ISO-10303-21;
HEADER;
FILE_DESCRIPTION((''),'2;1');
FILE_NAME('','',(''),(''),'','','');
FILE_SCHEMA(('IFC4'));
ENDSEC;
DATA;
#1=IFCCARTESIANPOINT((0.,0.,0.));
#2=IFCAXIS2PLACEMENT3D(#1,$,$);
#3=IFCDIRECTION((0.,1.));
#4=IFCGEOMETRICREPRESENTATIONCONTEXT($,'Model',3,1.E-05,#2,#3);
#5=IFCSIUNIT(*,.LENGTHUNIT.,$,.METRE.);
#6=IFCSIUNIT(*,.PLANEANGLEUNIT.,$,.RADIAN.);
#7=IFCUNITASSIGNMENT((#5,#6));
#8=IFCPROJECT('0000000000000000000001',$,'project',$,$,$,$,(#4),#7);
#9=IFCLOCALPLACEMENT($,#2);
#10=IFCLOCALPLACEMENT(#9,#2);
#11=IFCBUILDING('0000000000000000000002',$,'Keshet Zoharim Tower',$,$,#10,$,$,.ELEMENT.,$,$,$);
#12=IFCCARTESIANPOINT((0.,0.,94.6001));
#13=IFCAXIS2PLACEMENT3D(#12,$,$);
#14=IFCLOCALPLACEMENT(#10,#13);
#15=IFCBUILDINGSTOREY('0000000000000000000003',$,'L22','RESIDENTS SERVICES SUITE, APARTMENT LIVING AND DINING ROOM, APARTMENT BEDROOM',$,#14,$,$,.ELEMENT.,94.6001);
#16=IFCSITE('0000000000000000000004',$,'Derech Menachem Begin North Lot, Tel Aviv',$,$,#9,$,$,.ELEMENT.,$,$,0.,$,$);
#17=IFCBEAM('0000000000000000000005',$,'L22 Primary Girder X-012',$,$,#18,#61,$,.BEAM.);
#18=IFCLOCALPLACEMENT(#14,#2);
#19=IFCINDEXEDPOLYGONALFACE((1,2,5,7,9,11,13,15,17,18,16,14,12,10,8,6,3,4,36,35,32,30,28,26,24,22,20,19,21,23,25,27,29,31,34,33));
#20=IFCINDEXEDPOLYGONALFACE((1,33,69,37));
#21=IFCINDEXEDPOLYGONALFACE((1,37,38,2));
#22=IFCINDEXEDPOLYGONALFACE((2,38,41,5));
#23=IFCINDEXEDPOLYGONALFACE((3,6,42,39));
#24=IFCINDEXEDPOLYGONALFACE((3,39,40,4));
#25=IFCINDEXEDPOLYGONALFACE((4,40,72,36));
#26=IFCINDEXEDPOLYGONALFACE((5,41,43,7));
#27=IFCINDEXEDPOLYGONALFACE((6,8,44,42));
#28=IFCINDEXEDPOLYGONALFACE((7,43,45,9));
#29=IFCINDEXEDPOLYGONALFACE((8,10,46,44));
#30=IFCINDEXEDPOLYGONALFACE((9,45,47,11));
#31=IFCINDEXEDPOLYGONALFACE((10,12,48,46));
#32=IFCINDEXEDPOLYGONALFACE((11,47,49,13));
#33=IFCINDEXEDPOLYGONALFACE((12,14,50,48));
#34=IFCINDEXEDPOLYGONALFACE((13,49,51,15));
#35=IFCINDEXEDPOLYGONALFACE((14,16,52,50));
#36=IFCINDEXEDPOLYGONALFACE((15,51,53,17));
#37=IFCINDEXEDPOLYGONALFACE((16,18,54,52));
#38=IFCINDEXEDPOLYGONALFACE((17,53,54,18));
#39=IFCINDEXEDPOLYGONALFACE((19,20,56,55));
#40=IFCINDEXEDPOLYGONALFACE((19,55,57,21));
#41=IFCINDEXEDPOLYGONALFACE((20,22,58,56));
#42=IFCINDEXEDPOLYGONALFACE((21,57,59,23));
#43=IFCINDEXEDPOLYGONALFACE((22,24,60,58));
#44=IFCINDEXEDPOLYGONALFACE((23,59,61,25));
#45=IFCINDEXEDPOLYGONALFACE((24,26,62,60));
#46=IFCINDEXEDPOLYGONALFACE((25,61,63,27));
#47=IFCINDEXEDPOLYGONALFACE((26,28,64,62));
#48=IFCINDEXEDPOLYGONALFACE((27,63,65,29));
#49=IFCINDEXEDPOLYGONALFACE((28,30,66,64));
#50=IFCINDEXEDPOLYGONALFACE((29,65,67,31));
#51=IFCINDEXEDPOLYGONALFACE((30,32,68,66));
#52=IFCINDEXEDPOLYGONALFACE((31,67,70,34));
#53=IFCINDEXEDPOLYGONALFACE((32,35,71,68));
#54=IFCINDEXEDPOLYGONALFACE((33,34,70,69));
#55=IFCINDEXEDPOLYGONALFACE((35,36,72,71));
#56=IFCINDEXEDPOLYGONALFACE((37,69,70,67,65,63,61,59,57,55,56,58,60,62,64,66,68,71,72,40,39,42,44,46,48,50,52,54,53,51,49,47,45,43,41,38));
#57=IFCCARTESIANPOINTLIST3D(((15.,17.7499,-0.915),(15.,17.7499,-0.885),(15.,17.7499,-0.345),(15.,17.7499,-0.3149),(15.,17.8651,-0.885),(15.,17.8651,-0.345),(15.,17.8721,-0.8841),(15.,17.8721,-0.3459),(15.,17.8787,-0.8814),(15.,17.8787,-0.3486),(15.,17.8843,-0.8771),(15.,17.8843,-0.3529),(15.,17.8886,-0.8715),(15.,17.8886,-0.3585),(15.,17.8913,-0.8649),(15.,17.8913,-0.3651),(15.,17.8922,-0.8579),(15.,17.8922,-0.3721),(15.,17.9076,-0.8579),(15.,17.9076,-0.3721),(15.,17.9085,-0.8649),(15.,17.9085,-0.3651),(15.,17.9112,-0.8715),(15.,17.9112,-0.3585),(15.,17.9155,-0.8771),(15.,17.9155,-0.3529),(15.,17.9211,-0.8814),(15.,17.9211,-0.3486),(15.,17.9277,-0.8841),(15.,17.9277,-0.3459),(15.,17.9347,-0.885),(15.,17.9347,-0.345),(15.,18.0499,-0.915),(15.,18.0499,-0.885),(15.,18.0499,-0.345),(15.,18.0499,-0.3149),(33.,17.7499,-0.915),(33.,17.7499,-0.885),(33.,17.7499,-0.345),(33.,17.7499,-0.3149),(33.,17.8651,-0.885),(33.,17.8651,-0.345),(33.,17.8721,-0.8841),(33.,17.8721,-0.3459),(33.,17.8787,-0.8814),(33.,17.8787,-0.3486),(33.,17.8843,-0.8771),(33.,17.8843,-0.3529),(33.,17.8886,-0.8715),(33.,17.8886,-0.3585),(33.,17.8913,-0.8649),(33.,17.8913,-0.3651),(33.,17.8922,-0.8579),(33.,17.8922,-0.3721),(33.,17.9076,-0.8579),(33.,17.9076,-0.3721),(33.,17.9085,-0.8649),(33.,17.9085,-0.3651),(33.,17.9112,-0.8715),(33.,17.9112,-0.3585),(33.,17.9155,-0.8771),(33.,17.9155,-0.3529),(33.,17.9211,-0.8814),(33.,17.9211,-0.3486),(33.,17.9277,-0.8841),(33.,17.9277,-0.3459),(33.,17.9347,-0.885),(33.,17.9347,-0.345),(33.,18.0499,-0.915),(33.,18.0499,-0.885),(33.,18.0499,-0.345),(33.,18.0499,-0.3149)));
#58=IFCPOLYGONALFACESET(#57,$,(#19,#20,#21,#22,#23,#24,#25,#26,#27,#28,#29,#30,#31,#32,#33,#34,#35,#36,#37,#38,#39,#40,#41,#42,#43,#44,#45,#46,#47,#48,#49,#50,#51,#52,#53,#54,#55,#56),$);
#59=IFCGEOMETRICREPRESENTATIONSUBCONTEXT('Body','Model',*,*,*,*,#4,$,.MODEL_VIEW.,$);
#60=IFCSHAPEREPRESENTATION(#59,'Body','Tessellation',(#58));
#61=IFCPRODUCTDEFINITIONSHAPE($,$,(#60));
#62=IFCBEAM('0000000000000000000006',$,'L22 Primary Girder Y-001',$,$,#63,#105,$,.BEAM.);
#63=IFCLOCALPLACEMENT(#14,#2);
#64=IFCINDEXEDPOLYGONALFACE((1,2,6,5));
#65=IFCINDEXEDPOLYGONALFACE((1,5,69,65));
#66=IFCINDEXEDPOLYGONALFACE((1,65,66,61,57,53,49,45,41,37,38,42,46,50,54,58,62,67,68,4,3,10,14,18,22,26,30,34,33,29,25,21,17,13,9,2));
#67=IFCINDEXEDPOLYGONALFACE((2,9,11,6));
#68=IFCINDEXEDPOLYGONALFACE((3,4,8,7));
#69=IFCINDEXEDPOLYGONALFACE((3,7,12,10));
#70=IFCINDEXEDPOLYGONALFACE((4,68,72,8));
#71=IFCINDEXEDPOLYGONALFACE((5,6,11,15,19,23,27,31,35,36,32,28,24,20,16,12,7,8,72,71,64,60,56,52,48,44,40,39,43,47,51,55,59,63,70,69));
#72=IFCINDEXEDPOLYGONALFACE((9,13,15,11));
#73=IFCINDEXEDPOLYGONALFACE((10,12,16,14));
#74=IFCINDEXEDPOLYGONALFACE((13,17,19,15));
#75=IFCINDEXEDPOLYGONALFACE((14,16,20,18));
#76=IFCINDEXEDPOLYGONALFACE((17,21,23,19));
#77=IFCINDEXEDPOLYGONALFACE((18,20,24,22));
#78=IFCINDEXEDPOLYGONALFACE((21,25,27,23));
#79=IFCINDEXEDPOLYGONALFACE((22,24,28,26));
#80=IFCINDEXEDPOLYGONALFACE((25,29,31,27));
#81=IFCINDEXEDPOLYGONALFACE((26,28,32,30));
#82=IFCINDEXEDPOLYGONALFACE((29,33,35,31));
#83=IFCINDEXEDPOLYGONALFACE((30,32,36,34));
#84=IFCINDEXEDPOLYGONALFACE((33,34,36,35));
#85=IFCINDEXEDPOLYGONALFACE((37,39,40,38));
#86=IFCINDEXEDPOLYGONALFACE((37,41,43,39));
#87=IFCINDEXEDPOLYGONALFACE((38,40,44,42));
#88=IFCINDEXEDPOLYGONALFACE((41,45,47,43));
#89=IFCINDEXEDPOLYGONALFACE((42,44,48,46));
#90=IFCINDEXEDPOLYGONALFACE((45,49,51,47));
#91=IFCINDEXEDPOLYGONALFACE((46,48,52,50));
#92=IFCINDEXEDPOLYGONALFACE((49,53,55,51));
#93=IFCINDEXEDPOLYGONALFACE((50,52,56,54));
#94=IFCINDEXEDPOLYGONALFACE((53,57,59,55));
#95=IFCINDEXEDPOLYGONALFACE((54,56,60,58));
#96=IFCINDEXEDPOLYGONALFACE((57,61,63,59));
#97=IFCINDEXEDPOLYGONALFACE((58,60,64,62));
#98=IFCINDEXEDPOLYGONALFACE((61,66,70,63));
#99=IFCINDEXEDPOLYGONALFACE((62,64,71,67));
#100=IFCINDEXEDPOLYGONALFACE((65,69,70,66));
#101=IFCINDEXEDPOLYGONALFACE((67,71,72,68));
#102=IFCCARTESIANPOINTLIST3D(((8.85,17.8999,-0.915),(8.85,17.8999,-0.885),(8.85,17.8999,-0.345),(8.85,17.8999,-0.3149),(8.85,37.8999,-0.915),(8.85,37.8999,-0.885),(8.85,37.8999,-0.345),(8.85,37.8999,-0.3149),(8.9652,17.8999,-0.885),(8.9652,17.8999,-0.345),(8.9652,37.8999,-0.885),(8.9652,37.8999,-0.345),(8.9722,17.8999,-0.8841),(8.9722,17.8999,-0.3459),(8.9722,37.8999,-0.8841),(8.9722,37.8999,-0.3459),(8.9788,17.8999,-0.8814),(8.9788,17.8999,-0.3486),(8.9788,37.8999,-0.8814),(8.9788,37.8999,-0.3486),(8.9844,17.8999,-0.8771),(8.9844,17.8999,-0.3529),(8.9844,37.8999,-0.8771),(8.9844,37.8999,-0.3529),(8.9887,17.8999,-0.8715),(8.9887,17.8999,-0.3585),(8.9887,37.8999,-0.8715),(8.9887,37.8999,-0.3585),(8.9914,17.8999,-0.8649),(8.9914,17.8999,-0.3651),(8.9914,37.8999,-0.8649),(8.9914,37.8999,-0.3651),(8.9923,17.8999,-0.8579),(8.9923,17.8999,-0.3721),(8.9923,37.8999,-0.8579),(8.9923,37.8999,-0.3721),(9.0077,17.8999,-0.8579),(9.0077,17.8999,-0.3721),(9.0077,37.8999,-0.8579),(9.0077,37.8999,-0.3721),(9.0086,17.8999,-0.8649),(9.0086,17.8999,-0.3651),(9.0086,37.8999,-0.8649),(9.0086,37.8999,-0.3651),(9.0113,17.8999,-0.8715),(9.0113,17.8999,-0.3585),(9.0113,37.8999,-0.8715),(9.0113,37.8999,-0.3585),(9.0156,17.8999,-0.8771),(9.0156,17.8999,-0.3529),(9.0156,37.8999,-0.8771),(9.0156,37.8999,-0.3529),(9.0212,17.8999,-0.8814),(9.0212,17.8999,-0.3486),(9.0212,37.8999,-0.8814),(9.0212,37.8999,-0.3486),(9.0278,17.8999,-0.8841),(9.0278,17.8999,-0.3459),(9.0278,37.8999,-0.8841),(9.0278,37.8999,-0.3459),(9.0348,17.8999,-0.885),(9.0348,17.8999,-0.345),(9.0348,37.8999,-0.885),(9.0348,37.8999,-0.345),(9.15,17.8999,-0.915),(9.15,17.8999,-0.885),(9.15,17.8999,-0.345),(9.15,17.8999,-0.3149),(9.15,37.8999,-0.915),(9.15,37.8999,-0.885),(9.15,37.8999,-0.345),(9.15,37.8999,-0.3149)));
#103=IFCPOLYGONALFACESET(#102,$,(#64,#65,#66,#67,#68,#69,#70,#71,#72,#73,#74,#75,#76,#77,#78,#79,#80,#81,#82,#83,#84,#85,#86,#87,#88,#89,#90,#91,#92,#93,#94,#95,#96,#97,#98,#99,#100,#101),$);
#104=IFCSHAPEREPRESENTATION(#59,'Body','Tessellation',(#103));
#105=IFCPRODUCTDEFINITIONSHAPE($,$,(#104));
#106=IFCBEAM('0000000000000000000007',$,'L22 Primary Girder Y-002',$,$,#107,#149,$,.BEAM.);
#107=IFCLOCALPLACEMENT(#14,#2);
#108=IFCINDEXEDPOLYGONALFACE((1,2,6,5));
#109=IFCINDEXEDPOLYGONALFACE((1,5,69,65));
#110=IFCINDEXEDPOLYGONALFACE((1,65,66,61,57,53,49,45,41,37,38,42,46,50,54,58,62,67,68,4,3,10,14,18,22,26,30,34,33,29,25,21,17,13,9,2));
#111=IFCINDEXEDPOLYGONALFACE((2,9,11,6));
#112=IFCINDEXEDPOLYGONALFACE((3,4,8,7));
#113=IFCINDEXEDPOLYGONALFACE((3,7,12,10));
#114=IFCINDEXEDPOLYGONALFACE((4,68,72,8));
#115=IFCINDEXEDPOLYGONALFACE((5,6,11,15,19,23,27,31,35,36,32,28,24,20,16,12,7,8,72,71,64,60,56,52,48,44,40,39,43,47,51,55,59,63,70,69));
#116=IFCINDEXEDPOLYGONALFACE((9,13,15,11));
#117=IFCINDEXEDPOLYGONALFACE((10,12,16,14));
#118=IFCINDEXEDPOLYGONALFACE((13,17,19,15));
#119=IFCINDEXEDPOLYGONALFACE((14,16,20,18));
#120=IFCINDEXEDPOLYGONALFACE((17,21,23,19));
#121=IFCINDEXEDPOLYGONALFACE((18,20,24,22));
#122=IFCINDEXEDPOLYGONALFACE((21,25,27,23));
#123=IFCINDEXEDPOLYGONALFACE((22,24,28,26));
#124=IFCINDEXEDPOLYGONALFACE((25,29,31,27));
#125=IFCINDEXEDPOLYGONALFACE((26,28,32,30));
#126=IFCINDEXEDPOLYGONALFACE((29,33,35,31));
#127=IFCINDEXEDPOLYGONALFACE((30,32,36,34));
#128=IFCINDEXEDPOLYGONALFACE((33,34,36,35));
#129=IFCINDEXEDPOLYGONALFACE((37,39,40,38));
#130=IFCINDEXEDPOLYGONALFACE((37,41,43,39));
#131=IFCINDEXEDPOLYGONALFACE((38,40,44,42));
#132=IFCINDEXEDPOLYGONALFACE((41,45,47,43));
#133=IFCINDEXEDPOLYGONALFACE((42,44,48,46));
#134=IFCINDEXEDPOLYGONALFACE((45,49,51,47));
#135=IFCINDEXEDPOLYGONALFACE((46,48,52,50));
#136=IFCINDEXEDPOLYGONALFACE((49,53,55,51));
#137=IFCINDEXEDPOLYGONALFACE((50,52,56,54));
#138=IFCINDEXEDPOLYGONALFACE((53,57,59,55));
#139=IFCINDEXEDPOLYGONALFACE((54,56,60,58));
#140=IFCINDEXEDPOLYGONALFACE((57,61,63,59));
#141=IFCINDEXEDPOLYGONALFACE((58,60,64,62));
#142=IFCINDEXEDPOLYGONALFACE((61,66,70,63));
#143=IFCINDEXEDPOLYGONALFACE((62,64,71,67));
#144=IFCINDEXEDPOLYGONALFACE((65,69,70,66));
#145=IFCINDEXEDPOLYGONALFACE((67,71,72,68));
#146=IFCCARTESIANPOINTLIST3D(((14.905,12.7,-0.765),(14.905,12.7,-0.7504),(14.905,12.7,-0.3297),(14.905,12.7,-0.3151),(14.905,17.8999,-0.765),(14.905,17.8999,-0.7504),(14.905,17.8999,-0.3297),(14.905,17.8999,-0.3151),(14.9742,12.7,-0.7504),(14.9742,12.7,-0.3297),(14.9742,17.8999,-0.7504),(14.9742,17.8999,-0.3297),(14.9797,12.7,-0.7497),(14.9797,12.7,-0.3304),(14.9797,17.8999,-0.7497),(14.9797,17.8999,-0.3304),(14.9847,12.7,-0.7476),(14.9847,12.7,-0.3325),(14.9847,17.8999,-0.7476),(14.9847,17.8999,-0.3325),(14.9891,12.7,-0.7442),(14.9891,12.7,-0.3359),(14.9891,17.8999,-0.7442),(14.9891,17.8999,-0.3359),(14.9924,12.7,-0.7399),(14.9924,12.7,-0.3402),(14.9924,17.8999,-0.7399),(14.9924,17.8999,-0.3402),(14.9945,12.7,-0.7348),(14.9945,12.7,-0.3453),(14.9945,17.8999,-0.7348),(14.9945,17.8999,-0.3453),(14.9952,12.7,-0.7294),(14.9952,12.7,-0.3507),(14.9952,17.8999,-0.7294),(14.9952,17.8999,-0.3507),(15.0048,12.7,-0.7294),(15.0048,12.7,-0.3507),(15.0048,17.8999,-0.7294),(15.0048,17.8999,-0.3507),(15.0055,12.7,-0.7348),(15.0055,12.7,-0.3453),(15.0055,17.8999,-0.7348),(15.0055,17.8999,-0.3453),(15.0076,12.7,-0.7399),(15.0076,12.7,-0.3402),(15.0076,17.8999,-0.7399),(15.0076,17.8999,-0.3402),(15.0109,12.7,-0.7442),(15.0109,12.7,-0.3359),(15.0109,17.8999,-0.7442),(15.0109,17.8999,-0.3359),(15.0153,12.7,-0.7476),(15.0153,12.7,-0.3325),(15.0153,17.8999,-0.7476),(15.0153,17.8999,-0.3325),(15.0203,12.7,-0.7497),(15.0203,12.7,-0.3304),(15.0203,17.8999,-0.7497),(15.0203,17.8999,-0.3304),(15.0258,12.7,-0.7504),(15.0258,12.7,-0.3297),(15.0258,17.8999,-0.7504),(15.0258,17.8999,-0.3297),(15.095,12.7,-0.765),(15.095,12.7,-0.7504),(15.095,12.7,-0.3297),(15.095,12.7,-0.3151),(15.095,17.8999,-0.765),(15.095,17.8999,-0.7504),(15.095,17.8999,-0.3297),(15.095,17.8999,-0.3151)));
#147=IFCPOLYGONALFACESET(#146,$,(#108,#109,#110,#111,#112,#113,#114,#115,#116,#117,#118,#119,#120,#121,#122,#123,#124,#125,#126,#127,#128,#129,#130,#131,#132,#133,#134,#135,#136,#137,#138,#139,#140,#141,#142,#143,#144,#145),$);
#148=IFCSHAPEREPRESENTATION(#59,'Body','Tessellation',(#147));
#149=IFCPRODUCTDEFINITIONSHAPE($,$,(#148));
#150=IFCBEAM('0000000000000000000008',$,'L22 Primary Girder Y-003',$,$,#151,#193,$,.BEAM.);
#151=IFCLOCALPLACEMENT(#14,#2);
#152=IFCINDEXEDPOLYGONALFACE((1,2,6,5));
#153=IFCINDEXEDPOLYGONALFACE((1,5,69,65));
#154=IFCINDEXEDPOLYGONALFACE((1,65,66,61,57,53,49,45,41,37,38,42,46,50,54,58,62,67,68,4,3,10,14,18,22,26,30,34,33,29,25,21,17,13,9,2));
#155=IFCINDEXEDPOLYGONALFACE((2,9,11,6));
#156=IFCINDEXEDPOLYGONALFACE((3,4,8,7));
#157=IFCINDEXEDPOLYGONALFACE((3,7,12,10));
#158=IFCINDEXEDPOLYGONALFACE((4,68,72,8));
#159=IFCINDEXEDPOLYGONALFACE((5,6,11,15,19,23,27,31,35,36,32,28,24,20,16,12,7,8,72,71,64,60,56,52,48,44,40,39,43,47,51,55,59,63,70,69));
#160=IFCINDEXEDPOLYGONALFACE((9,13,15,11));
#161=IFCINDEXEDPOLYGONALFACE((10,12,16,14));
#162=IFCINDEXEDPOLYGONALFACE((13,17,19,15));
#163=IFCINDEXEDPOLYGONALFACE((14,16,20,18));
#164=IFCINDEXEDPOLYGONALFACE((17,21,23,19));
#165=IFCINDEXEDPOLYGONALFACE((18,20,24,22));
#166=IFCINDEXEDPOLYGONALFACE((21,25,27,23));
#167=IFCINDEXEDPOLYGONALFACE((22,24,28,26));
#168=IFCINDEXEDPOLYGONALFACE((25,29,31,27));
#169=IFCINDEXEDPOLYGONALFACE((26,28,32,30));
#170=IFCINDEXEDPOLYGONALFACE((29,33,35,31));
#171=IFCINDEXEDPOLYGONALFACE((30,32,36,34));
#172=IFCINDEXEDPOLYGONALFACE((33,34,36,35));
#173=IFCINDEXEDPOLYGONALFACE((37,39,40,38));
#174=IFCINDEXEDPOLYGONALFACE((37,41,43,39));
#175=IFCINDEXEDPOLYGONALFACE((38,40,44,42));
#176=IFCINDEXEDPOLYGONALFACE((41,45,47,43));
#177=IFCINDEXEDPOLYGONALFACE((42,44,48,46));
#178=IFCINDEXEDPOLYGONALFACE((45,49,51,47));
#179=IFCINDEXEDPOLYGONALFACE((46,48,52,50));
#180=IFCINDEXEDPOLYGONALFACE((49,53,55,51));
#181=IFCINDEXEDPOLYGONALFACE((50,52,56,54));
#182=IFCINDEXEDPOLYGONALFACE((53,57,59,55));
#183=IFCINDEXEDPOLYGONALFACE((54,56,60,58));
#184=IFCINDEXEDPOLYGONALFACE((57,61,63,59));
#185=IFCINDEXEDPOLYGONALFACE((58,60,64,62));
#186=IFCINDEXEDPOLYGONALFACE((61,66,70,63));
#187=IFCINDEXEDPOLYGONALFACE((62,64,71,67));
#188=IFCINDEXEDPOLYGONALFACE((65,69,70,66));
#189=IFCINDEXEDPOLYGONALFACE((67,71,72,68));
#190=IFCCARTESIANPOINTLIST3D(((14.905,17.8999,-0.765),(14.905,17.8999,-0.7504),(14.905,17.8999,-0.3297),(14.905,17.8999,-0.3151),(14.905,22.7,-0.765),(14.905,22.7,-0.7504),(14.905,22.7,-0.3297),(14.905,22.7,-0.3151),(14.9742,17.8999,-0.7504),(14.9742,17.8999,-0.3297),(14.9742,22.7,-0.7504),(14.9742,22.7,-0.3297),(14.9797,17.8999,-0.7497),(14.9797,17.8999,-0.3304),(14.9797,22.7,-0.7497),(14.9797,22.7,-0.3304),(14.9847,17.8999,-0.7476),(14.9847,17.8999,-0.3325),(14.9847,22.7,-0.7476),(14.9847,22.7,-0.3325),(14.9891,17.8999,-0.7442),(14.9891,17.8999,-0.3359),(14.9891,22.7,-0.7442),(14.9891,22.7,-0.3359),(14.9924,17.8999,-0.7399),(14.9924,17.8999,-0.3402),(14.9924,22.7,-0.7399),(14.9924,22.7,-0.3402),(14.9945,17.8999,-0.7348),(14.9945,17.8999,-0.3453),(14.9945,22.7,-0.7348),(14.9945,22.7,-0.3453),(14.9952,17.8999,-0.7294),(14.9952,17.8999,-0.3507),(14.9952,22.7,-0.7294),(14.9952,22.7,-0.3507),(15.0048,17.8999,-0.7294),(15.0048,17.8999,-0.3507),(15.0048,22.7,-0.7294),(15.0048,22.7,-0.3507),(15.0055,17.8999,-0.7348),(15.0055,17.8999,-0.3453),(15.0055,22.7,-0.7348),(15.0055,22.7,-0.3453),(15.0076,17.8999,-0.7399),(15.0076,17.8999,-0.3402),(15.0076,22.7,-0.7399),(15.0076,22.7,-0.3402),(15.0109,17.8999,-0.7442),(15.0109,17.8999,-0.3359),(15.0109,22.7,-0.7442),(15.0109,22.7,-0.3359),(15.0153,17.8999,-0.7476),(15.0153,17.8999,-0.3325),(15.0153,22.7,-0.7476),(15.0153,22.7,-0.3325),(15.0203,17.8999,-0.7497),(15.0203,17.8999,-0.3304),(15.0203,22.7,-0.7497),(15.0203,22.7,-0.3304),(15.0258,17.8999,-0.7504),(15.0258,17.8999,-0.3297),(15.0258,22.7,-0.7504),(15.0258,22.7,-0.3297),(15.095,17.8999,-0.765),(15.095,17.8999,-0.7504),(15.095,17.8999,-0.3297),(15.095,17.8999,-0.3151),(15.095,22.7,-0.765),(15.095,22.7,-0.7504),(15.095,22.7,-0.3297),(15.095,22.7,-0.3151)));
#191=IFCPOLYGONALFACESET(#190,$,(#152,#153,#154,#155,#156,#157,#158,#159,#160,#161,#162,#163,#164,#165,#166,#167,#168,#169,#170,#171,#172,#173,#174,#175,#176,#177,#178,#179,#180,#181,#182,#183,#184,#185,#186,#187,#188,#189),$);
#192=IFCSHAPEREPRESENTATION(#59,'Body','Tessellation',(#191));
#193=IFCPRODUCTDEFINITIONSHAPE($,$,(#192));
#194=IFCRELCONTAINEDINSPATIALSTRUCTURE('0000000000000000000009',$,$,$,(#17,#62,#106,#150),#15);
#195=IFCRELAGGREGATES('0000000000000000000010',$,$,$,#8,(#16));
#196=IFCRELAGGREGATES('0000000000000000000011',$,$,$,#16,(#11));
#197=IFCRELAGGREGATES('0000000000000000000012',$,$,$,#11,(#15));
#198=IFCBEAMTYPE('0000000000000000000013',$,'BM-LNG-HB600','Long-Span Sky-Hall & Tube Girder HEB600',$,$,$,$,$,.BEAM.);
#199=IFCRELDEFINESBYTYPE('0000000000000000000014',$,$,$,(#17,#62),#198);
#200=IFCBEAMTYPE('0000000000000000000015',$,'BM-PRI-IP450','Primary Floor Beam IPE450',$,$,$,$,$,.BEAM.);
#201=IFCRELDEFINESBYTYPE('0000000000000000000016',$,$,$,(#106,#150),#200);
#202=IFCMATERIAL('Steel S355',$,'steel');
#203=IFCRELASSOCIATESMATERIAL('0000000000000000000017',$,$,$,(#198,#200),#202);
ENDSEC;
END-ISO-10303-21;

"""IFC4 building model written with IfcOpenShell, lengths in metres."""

from ifc_helpers import new_model, si_unit, direction, frame, origin, origin_2d, place, context, subcontext, project, spatial, i_section, extrude, material, material_profile, profile_set, type_object, element, save


model = new_model("IFC4")

# Units and contexts
model_context = context("Model", 3, precision=1e-05, world=origin(), true_north=direction((0.0, 1.0)))
body_context = subcontext(model_context, "Body", "Model", "MODEL_VIEW")
ifc_project = project(units=[si_unit("LENGTHUNIT", "METRE"), si_unit("PLANEANGLEUNIT", "RADIAN")], contexts=[model_context])

# Site, building, storey
site_placement = place(None, origin())
site = spatial("IfcSite", under=ifc_project, at=site_placement, Name="Derech Menachem Begin North Lot, Tel Aviv", CompositionType="ELEMENT", RefElevation=0.0)
building_placement = place(site_placement, origin())
building = spatial("IfcBuilding", under=site, at=building_placement, Name="Keshet Zoharim Tower", CompositionType="ELEMENT")
storey_placement = place(building_placement, frame((0.0, 0.0, 94.6001)))
storey = spatial("IfcBuildingStorey", under=building, at=storey_placement, Name="L22", Description="RESIDENTS SERVICES SUITE, APARTMENT LIVING AND DINING ROOM, APARTMENT BEDROOM", CompositionType="ELEMENT", Elevation=94.6001)

# Shared definitions
ifc_material_1 = material(Name="Steel S355", Category="steel")

# Beams
ifc_material_profile_1 = material_profile(ifc_material_1, i_section(OverallWidth=0.3, OverallDepth=0.6001, WebThickness=0.0154, FlangeThickness=0.03, FilletRadius=0.0271, at=origin_2d()), Name="HEB600")
ifc_profile_set_1 = profile_set([ifc_material_profile_1], Name="Steel S355")
beam_type_1 = type_object("IfcBeamType", Name="BM-LNG-HB600", Description="Long-Span Sky-Hall & Tube Girder HEB600", PredefinedType="BEAM", material=ifc_profile_set_1)
for number, where, z_axis, x_axis, name in (
    (1, (15.0, 17.8999, -0.615), (1.0, 0.0, 0.0), (0.0, 1.0, 0.0), "L22 Primary Girder X-012"),
):
    element("IfcBeam", number, at=place(storey_placement, frame(where, z_axis=z_axis, x_axis=x_axis)), inside=storey, type_object=beam_type_1, Name=name, PredefinedType="BEAM", context=body_context, shape_type="SweptSolid", body=[
        extrude(i_section(OverallWidth=0.3, OverallDepth=0.6001, WebThickness=0.0154, FlangeThickness=0.03, FilletRadius=0.0271, at=origin_2d()), origin(), (0.0, 0.0, 1.0), 18.0),
    ])
beam_1_placement = place(storey_placement, frame((9.0, 17.8999, -0.615), z_axis=(0.0, 1.0, 0.0), x_axis=(-1.0, 0.0, 0.0)))
element("IfcBeam", 2, at=beam_1_placement, inside=storey, type_object=beam_type_1, Name="L22 Primary Girder Y-001", PredefinedType="BEAM", context=body_context, shape_type="SweptSolid", body=[
    extrude(i_section(OverallWidth=0.3, OverallDepth=0.6001, WebThickness=0.0154, FlangeThickness=0.03, FilletRadius=0.0271, at=origin_2d()), origin(), (0.0, 0.0, 1.0), 20.0),
])
ifc_material_profile_2 = material_profile(ifc_material_1, i_section(OverallWidth=0.1899, OverallDepth=0.45, WebThickness=0.0095, FlangeThickness=0.0146, FilletRadius=0.021, at=origin_2d()), Name="IPE450")
ifc_profile_set_2 = profile_set([ifc_material_profile_2], Name="Steel S355")
beam_type_2 = type_object("IfcBeamType", Name="BM-PRI-IP450", Description="Primary Floor Beam IPE450", PredefinedType="BEAM", material=ifc_profile_set_2)
beam_2_placement = place(storey_placement, frame((15.0, 12.7, -0.54), z_axis=(0.0, 1.0, 0.0), x_axis=(-1.0, 0.0, 0.0)))
element("IfcBeam", 3, at=beam_2_placement, inside=storey, type_object=beam_type_2, Name="L22 Primary Girder Y-002", PredefinedType="BEAM", context=body_context, shape_type="SweptSolid", body=[
    extrude(i_section(OverallWidth=0.1899, OverallDepth=0.45, WebThickness=0.0095, FlangeThickness=0.0146, FilletRadius=0.021, at=origin_2d()), origin(), (0.0, 0.0, 1.0), 5.2),
])
beam_3_placement = place(storey_placement, frame((15.0, 17.8999, -0.54), z_axis=(0.0, 1.0, 0.0), x_axis=(-1.0, 0.0, 0.0)))
element("IfcBeam", 4, at=beam_3_placement, inside=storey, type_object=beam_type_2, Name="L22 Primary Girder Y-003", PredefinedType="BEAM", context=body_context, shape_type="SweptSolid", body=[
    extrude(i_section(OverallWidth=0.1899, OverallDepth=0.45, WebThickness=0.0095, FlangeThickness=0.0146, FilletRadius=0.021, at=origin_2d()), origin(), (0.0, 0.0, 1.0), 4.8),
])

save(model, "model.ifc")
